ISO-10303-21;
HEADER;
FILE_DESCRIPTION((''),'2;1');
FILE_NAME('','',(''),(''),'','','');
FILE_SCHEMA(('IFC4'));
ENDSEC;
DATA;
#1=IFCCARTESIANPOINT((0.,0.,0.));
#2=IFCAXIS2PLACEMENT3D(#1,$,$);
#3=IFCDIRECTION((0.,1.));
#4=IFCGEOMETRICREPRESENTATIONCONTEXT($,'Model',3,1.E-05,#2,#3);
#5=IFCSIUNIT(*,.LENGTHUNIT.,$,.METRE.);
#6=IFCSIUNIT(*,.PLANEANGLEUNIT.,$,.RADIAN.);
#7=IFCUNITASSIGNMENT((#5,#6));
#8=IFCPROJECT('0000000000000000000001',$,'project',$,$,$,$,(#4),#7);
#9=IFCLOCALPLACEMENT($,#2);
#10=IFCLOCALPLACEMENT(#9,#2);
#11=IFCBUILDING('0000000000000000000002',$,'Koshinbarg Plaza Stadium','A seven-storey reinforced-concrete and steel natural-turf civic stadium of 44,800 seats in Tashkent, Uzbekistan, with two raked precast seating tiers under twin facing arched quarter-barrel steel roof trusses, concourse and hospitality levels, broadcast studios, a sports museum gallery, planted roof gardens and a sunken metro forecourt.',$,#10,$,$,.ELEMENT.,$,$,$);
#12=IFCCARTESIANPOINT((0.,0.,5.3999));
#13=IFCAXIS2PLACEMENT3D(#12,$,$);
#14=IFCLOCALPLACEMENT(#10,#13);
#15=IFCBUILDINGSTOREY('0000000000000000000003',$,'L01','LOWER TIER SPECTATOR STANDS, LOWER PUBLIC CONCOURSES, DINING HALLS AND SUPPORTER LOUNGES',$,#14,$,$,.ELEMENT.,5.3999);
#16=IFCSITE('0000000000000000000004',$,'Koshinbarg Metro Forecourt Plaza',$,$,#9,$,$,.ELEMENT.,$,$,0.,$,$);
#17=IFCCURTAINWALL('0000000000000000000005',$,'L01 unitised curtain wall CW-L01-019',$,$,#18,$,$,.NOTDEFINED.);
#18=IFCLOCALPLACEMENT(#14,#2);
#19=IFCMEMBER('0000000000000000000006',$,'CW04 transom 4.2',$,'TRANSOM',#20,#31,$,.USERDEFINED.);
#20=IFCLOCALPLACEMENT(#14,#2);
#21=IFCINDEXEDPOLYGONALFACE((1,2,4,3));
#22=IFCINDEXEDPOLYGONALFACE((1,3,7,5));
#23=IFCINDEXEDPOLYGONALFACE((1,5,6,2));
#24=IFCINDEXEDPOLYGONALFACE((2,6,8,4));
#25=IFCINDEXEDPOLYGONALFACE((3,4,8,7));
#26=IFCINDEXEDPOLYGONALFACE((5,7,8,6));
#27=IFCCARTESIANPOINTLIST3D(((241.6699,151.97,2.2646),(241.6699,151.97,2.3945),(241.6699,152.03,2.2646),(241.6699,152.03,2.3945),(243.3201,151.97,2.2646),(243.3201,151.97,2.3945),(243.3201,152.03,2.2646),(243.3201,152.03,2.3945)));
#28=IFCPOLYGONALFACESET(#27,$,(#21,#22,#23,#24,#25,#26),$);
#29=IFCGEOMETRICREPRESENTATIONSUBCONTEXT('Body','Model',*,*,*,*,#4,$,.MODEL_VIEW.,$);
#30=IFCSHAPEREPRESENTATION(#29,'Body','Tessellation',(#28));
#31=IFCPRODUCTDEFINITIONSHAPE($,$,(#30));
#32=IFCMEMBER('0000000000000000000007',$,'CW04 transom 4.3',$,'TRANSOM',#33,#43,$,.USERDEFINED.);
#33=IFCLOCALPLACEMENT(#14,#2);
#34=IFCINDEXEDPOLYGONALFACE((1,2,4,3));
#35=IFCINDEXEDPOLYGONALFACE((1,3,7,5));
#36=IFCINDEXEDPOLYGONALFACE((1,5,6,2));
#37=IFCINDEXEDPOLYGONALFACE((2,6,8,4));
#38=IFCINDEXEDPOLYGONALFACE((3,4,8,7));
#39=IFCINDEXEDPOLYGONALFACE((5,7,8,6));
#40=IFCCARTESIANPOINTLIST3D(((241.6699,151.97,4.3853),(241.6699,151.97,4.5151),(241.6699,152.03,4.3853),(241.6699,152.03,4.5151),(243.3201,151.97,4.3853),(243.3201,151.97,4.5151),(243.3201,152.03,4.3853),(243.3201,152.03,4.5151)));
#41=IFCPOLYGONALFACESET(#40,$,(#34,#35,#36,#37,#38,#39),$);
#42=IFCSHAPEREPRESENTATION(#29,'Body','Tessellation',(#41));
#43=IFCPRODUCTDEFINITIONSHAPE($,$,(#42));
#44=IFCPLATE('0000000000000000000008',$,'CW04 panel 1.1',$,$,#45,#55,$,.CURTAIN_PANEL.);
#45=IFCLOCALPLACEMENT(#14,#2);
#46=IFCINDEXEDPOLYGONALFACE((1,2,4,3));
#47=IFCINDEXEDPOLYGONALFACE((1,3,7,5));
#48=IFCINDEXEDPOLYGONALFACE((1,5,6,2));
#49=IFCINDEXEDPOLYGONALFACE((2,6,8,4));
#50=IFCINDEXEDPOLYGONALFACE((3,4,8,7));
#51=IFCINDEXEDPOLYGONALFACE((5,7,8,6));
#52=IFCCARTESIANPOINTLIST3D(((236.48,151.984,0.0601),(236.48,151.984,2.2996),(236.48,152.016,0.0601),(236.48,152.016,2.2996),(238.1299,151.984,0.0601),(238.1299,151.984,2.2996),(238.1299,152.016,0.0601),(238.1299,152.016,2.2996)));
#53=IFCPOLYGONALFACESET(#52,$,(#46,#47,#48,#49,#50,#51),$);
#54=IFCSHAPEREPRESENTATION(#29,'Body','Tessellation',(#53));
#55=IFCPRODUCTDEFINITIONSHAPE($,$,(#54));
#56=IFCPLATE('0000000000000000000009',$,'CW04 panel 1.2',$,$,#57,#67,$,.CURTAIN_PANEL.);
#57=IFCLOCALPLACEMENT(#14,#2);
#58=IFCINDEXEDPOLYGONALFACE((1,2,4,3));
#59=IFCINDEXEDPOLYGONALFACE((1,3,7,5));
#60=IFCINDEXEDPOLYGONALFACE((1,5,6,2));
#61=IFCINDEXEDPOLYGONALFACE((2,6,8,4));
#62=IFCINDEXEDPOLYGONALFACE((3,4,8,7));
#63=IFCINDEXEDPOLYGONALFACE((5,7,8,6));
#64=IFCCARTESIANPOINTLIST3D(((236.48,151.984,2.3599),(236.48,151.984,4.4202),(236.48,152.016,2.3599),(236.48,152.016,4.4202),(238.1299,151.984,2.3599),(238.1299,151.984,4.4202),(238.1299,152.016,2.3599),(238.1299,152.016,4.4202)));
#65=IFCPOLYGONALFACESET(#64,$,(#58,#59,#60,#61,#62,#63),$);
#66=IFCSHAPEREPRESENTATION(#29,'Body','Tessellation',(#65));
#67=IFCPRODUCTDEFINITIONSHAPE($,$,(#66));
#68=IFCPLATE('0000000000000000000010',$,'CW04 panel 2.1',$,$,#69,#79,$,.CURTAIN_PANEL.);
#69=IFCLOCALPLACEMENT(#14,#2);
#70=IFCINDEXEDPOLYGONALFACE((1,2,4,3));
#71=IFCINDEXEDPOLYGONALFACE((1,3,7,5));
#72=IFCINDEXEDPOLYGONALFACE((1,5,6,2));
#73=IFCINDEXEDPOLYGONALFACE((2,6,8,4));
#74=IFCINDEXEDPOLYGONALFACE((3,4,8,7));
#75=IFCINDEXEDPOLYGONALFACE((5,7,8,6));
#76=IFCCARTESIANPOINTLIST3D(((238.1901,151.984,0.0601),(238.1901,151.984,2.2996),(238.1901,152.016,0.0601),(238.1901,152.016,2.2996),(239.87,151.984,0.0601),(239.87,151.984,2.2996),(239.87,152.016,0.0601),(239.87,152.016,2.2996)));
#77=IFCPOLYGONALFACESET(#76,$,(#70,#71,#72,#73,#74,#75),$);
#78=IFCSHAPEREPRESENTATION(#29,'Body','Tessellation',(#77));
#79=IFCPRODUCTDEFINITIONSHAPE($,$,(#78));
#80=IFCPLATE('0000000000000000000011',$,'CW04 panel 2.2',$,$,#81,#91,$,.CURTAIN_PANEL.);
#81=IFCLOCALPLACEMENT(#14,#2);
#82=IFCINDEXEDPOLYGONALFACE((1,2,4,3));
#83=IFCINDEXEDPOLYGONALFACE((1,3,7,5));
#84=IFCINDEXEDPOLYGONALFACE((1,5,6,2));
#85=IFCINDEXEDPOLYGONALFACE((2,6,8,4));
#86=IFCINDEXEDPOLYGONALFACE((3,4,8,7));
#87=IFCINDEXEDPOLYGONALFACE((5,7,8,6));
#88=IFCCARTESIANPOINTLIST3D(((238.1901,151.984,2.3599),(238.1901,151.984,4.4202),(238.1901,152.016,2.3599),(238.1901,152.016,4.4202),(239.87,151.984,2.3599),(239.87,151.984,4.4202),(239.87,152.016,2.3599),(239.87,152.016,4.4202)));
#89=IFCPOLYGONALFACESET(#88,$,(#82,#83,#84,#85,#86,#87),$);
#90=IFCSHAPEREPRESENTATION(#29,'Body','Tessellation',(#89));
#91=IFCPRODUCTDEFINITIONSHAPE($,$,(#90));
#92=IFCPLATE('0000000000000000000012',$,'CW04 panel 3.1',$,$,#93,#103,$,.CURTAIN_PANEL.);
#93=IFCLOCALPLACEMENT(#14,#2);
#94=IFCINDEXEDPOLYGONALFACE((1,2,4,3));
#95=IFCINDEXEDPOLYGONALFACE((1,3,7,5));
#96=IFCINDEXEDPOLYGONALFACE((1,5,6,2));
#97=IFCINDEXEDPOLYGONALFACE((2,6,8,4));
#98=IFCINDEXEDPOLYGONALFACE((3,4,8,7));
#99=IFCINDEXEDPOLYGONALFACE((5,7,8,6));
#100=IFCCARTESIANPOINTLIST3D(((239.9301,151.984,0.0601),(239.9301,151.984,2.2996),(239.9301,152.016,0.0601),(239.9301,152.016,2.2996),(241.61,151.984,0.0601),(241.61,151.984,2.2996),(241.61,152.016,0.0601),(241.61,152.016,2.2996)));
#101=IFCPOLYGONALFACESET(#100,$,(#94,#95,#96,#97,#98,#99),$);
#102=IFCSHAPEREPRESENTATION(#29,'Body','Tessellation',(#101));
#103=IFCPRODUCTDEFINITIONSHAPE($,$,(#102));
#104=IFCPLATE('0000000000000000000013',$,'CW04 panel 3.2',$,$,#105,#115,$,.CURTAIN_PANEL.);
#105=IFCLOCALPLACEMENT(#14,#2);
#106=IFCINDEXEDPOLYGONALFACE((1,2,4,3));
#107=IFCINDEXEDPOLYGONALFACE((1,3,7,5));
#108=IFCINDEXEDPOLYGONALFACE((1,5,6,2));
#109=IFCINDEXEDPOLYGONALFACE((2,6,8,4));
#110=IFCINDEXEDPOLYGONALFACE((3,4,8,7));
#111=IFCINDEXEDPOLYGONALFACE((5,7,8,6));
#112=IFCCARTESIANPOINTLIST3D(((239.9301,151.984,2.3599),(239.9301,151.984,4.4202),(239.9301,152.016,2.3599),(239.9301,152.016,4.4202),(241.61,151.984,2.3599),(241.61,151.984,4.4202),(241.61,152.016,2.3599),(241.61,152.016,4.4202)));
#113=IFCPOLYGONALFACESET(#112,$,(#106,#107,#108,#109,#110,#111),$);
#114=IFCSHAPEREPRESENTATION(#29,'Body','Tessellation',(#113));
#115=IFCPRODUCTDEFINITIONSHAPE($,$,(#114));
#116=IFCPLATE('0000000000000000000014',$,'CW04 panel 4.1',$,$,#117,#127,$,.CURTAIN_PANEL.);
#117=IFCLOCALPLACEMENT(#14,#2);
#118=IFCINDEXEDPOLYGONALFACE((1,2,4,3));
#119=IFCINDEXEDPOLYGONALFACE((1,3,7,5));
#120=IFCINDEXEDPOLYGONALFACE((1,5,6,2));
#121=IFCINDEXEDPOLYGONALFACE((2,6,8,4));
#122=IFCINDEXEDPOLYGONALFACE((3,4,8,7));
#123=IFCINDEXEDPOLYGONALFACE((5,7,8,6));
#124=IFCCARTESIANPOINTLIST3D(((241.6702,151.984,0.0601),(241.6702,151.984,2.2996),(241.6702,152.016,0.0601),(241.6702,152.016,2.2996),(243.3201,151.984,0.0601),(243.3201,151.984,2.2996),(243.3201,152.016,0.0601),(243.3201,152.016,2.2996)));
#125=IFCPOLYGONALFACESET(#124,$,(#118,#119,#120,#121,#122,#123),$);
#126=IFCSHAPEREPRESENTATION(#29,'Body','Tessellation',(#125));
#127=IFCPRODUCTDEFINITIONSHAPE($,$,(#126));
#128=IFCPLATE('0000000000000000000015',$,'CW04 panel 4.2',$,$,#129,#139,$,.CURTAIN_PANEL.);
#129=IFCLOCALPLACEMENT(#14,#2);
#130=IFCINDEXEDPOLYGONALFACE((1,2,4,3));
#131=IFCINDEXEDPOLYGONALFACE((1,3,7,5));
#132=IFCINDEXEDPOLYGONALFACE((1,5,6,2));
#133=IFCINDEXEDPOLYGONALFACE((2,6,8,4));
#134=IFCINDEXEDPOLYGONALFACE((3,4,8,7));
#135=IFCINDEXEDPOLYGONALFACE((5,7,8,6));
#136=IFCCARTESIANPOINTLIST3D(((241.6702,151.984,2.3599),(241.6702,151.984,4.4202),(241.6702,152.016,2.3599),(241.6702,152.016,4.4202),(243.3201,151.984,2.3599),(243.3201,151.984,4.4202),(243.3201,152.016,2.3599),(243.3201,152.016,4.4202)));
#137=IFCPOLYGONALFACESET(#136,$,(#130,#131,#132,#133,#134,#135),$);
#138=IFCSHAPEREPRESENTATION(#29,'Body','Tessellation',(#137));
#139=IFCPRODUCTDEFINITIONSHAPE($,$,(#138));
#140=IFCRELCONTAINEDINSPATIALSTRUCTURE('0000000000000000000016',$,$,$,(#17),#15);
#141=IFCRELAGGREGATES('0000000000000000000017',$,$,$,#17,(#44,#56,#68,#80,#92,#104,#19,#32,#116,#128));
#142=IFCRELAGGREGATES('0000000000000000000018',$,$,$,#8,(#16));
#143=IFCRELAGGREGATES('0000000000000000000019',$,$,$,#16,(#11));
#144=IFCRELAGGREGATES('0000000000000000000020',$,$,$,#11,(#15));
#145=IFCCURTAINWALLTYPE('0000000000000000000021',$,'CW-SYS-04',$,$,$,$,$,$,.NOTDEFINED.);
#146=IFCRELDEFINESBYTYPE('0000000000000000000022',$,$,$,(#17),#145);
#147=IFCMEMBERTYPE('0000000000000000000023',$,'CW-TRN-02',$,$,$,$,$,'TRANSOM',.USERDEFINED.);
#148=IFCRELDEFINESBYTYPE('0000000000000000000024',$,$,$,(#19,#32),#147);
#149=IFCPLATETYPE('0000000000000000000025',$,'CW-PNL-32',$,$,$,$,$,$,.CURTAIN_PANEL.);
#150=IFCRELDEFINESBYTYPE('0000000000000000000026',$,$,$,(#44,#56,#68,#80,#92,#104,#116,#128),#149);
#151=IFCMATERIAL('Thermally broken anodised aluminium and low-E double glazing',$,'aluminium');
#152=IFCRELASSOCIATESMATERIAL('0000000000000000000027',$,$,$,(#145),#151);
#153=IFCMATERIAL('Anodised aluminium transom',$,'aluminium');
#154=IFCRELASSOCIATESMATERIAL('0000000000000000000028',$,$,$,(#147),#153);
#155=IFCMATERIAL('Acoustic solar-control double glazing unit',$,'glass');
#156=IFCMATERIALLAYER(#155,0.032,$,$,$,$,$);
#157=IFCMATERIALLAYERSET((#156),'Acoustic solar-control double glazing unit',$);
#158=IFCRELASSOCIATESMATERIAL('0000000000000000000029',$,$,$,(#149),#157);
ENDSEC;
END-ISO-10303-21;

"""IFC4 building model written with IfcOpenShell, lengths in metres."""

from ifc_helpers import new_model, si_unit, direction, frame, origin, origin_2d, place, context, subcontext, project, spatial, rectangle, extrude, material, layer, layer_set, material_profile, profile_set, type_object, element, aggregate, save


model = new_model("IFC4")

# Units and contexts
model_context = context("Model", 3, precision=1e-05, world=origin(), true_north=direction((0.0, 1.0)))
body_context = subcontext(model_context, "Body", "Model", "MODEL_VIEW")
ifc_project = project(units=[si_unit("LENGTHUNIT", "METRE"), si_unit("PLANEANGLEUNIT", "RADIAN")], contexts=[model_context])

# Site, building, storey
site_placement = place(None, origin())
site = spatial("IfcSite", under=ifc_project, at=site_placement, Name="Koshinbarg Metro Forecourt Plaza", CompositionType="ELEMENT", RefElevation=0.0)
building_placement = place(site_placement, origin())
building = spatial("IfcBuilding", under=site, at=building_placement, Name="Koshinbarg Plaza Stadium", Description="A seven-storey reinforced-concrete and steel natural-turf civic stadium of 44,800 seats in Tashkent, Uzbekistan, with two raked precast seating tiers under twin facing arched quarter-barrel steel roof trusses, concourse and hospitality levels, broadcast studios, a sports museum gallery, planted roof gardens and a sunken metro forecourt.", CompositionType="ELEMENT")
storey_placement = place(building_placement, frame((0.0, 0.0, 5.3999)))
storey = spatial("IfcBuildingStorey", under=building, at=storey_placement, Name="L01", Description="LOWER TIER SPECTATOR STANDS, LOWER PUBLIC CONCOURSES, DINING HALLS AND SUPPORTER LOUNGES", CompositionType="ELEMENT", Elevation=5.3999)

# Curtain wall, members, plates
ifc_material_1 = material(Name="Thermally broken anodised aluminium and low-E double glazing", Category="aluminium")
curtain_wall_type = type_object("IfcCurtainWallType", Name="CW-SYS-04", PredefinedType="NOTDEFINED", material=ifc_material_1)
curtain_wall_placement = place(storey_placement, origin())
curtain_wall = element("IfcCurtainWall", 1, at=curtain_wall_placement, inside=storey, type_object=curtain_wall_type, Name="L01 unitised curtain wall CW-L01-019", PredefinedType="NOTDEFINED")
ifc_material_2 = material(Name="Anodised aluminium transom", Category="aluminium")
ifc_material_profile_1 = material_profile(ifc_material_2, rectangle(XDim=0.0601, YDim=0.1299, at=origin_2d()), Name="ALU 60x130")
ifc_profile_set_1 = profile_set([ifc_material_profile_1], Name="Anodised aluminium transom")
member_type_1 = type_object("IfcMemberType", Name="CW-TRN-02", ElementType="TRANSOM", PredefinedType="USERDEFINED", material=ifc_profile_set_1)
member_1_placement = place(storey_placement, frame((241.6699, 152.0, 2.3296), z_axis=(1.0, 0.0, 0.0), x_axis=(0.0, 1.0, 0.0)))
member_1 = element("IfcMember", 2, at=member_1_placement, type_object=member_type_1, Name="CW04 transom 4.2", ObjectType="TRANSOM", PredefinedType="USERDEFINED", context=body_context, shape_type="SweptSolid", body=[
    extrude(rectangle(XDim=0.0601, YDim=0.1299, at=origin_2d()), origin(), (0.0, 0.0, 1.0), 1.6501),
])
member_2_placement = place(storey_placement, frame((241.6699, 152.0, 4.4502), z_axis=(1.0, 0.0, 0.0), x_axis=(0.0, 1.0, 0.0)))
member_2 = element("IfcMember", 3, at=member_2_placement, type_object=member_type_1, Name="CW04 transom 4.3", ObjectType="TRANSOM", PredefinedType="USERDEFINED", context=body_context, shape_type="SweptSolid", body=[
    extrude(rectangle(XDim=0.0601, YDim=0.1299, at=origin_2d()), origin(), (0.0, 0.0, 1.0), 1.6501),
])
ifc_material_3 = material(Name="Acoustic solar-control double glazing unit", Category="glass")
ifc_layer = layer(ifc_material_3, 0.032)
ifc_layer_set = layer_set([ifc_layer], Name="Acoustic solar-control double glazing unit")
plate_type = type_object("IfcPlateType", Name="CW-PNL-32", PredefinedType="CURTAIN_PANEL", material=ifc_layer_set)
plate_1_placement = place(storey_placement, frame((237.3049, 152.0, 0.0601), z_axis=(0.0, 0.0, 1.0), x_axis=(1.0, 0.0, 0.0)))
plate_1 = element("IfcPlate", 4, at=plate_1_placement, type_object=plate_type, Name="CW04 panel 1.1", PredefinedType="CURTAIN_PANEL", context=body_context, shape_type="SweptSolid", body=[
    extrude(rectangle(XDim=1.6499, YDim=0.032, at=origin_2d()), origin(), (0.0, 0.0, 1.0), 2.2395),
])
plate_2_placement = place(storey_placement, frame((237.3049, 152.0, 2.3599), z_axis=(0.0, 0.0, 1.0), x_axis=(1.0, 0.0, 0.0)))
plate_2 = element("IfcPlate", 5, at=plate_2_placement, type_object=plate_type, Name="CW04 panel 1.2", PredefinedType="CURTAIN_PANEL", context=body_context, shape_type="SweptSolid", body=[
    extrude(rectangle(XDim=1.6499, YDim=0.032, at=origin_2d()), origin(), (0.0, 0.0, 1.0), 2.0603),
])
plate_3_placement = place(storey_placement, frame((239.03, 152.0, 0.0601), z_axis=(0.0, 0.0, 1.0), x_axis=(1.0, 0.0, 0.0)))
plate_3 = element("IfcPlate", 6, at=plate_3_placement, type_object=plate_type, Name="CW04 panel 2.1", PredefinedType="CURTAIN_PANEL", context=body_context, shape_type="SweptSolid", body=[
    extrude(rectangle(XDim=1.6799, YDim=0.032, at=origin_2d()), origin(), (0.0, 0.0, 1.0), 2.2395),
])
plate_4_placement = place(storey_placement, frame((239.03, 152.0, 2.3599), z_axis=(0.0, 0.0, 1.0), x_axis=(1.0, 0.0, 0.0)))
plate_4 = element("IfcPlate", 7, at=plate_4_placement, type_object=plate_type, Name="CW04 panel 2.2", PredefinedType="CURTAIN_PANEL", context=body_context, shape_type="SweptSolid", body=[
    extrude(rectangle(XDim=1.6799, YDim=0.032, at=origin_2d()), origin(), (0.0, 0.0, 1.0), 2.0603),
])
plate_5_placement = place(storey_placement, frame((240.77, 152.0, 0.0601), z_axis=(0.0, 0.0, 1.0), x_axis=(1.0, 0.0, 0.0)))
plate_5 = element("IfcPlate", 8, at=plate_5_placement, type_object=plate_type, Name="CW04 panel 3.1", PredefinedType="CURTAIN_PANEL", context=body_context, shape_type="SweptSolid", body=[
    extrude(rectangle(XDim=1.6799, YDim=0.032, at=origin_2d()), origin(), (0.0, 0.0, 1.0), 2.2395),
])
plate_6_placement = place(storey_placement, frame((240.77, 152.0, 2.3599), z_axis=(0.0, 0.0, 1.0), x_axis=(1.0, 0.0, 0.0)))
plate_6 = element("IfcPlate", 9, at=plate_6_placement, type_object=plate_type, Name="CW04 panel 3.2", PredefinedType="CURTAIN_PANEL", context=body_context, shape_type="SweptSolid", body=[
    extrude(rectangle(XDim=1.6799, YDim=0.032, at=origin_2d()), origin(), (0.0, 0.0, 1.0), 2.0603),
])
plate_7_placement = place(storey_placement, frame((242.4951, 152.0, 0.0601), z_axis=(0.0, 0.0, 1.0), x_axis=(1.0, 0.0, 0.0)))
plate_7 = element("IfcPlate", 10, at=plate_7_placement, type_object=plate_type, Name="CW04 panel 4.1", PredefinedType="CURTAIN_PANEL", context=body_context, shape_type="SweptSolid", body=[
    extrude(rectangle(XDim=1.6499, YDim=0.032, at=origin_2d()), origin(), (0.0, 0.0, 1.0), 2.2395),
])
plate_8_placement = place(storey_placement, frame((242.4951, 152.0, 2.3599), z_axis=(0.0, 0.0, 1.0), x_axis=(1.0, 0.0, 0.0)))
plate_8 = element("IfcPlate", 11, at=plate_8_placement, type_object=plate_type, Name="CW04 panel 4.2", PredefinedType="CURTAIN_PANEL", context=body_context, shape_type="SweptSolid", body=[
    extrude(rectangle(XDim=1.6499, YDim=0.032, at=origin_2d()), origin(), (0.0, 0.0, 1.0), 2.0603),
])
aggregate(curtain_wall, [plate_1, plate_2, plate_3, plate_4, plate_5, plate_6, member_1, member_2, plate_7, plate_8])

save(model, "model.ifc")
